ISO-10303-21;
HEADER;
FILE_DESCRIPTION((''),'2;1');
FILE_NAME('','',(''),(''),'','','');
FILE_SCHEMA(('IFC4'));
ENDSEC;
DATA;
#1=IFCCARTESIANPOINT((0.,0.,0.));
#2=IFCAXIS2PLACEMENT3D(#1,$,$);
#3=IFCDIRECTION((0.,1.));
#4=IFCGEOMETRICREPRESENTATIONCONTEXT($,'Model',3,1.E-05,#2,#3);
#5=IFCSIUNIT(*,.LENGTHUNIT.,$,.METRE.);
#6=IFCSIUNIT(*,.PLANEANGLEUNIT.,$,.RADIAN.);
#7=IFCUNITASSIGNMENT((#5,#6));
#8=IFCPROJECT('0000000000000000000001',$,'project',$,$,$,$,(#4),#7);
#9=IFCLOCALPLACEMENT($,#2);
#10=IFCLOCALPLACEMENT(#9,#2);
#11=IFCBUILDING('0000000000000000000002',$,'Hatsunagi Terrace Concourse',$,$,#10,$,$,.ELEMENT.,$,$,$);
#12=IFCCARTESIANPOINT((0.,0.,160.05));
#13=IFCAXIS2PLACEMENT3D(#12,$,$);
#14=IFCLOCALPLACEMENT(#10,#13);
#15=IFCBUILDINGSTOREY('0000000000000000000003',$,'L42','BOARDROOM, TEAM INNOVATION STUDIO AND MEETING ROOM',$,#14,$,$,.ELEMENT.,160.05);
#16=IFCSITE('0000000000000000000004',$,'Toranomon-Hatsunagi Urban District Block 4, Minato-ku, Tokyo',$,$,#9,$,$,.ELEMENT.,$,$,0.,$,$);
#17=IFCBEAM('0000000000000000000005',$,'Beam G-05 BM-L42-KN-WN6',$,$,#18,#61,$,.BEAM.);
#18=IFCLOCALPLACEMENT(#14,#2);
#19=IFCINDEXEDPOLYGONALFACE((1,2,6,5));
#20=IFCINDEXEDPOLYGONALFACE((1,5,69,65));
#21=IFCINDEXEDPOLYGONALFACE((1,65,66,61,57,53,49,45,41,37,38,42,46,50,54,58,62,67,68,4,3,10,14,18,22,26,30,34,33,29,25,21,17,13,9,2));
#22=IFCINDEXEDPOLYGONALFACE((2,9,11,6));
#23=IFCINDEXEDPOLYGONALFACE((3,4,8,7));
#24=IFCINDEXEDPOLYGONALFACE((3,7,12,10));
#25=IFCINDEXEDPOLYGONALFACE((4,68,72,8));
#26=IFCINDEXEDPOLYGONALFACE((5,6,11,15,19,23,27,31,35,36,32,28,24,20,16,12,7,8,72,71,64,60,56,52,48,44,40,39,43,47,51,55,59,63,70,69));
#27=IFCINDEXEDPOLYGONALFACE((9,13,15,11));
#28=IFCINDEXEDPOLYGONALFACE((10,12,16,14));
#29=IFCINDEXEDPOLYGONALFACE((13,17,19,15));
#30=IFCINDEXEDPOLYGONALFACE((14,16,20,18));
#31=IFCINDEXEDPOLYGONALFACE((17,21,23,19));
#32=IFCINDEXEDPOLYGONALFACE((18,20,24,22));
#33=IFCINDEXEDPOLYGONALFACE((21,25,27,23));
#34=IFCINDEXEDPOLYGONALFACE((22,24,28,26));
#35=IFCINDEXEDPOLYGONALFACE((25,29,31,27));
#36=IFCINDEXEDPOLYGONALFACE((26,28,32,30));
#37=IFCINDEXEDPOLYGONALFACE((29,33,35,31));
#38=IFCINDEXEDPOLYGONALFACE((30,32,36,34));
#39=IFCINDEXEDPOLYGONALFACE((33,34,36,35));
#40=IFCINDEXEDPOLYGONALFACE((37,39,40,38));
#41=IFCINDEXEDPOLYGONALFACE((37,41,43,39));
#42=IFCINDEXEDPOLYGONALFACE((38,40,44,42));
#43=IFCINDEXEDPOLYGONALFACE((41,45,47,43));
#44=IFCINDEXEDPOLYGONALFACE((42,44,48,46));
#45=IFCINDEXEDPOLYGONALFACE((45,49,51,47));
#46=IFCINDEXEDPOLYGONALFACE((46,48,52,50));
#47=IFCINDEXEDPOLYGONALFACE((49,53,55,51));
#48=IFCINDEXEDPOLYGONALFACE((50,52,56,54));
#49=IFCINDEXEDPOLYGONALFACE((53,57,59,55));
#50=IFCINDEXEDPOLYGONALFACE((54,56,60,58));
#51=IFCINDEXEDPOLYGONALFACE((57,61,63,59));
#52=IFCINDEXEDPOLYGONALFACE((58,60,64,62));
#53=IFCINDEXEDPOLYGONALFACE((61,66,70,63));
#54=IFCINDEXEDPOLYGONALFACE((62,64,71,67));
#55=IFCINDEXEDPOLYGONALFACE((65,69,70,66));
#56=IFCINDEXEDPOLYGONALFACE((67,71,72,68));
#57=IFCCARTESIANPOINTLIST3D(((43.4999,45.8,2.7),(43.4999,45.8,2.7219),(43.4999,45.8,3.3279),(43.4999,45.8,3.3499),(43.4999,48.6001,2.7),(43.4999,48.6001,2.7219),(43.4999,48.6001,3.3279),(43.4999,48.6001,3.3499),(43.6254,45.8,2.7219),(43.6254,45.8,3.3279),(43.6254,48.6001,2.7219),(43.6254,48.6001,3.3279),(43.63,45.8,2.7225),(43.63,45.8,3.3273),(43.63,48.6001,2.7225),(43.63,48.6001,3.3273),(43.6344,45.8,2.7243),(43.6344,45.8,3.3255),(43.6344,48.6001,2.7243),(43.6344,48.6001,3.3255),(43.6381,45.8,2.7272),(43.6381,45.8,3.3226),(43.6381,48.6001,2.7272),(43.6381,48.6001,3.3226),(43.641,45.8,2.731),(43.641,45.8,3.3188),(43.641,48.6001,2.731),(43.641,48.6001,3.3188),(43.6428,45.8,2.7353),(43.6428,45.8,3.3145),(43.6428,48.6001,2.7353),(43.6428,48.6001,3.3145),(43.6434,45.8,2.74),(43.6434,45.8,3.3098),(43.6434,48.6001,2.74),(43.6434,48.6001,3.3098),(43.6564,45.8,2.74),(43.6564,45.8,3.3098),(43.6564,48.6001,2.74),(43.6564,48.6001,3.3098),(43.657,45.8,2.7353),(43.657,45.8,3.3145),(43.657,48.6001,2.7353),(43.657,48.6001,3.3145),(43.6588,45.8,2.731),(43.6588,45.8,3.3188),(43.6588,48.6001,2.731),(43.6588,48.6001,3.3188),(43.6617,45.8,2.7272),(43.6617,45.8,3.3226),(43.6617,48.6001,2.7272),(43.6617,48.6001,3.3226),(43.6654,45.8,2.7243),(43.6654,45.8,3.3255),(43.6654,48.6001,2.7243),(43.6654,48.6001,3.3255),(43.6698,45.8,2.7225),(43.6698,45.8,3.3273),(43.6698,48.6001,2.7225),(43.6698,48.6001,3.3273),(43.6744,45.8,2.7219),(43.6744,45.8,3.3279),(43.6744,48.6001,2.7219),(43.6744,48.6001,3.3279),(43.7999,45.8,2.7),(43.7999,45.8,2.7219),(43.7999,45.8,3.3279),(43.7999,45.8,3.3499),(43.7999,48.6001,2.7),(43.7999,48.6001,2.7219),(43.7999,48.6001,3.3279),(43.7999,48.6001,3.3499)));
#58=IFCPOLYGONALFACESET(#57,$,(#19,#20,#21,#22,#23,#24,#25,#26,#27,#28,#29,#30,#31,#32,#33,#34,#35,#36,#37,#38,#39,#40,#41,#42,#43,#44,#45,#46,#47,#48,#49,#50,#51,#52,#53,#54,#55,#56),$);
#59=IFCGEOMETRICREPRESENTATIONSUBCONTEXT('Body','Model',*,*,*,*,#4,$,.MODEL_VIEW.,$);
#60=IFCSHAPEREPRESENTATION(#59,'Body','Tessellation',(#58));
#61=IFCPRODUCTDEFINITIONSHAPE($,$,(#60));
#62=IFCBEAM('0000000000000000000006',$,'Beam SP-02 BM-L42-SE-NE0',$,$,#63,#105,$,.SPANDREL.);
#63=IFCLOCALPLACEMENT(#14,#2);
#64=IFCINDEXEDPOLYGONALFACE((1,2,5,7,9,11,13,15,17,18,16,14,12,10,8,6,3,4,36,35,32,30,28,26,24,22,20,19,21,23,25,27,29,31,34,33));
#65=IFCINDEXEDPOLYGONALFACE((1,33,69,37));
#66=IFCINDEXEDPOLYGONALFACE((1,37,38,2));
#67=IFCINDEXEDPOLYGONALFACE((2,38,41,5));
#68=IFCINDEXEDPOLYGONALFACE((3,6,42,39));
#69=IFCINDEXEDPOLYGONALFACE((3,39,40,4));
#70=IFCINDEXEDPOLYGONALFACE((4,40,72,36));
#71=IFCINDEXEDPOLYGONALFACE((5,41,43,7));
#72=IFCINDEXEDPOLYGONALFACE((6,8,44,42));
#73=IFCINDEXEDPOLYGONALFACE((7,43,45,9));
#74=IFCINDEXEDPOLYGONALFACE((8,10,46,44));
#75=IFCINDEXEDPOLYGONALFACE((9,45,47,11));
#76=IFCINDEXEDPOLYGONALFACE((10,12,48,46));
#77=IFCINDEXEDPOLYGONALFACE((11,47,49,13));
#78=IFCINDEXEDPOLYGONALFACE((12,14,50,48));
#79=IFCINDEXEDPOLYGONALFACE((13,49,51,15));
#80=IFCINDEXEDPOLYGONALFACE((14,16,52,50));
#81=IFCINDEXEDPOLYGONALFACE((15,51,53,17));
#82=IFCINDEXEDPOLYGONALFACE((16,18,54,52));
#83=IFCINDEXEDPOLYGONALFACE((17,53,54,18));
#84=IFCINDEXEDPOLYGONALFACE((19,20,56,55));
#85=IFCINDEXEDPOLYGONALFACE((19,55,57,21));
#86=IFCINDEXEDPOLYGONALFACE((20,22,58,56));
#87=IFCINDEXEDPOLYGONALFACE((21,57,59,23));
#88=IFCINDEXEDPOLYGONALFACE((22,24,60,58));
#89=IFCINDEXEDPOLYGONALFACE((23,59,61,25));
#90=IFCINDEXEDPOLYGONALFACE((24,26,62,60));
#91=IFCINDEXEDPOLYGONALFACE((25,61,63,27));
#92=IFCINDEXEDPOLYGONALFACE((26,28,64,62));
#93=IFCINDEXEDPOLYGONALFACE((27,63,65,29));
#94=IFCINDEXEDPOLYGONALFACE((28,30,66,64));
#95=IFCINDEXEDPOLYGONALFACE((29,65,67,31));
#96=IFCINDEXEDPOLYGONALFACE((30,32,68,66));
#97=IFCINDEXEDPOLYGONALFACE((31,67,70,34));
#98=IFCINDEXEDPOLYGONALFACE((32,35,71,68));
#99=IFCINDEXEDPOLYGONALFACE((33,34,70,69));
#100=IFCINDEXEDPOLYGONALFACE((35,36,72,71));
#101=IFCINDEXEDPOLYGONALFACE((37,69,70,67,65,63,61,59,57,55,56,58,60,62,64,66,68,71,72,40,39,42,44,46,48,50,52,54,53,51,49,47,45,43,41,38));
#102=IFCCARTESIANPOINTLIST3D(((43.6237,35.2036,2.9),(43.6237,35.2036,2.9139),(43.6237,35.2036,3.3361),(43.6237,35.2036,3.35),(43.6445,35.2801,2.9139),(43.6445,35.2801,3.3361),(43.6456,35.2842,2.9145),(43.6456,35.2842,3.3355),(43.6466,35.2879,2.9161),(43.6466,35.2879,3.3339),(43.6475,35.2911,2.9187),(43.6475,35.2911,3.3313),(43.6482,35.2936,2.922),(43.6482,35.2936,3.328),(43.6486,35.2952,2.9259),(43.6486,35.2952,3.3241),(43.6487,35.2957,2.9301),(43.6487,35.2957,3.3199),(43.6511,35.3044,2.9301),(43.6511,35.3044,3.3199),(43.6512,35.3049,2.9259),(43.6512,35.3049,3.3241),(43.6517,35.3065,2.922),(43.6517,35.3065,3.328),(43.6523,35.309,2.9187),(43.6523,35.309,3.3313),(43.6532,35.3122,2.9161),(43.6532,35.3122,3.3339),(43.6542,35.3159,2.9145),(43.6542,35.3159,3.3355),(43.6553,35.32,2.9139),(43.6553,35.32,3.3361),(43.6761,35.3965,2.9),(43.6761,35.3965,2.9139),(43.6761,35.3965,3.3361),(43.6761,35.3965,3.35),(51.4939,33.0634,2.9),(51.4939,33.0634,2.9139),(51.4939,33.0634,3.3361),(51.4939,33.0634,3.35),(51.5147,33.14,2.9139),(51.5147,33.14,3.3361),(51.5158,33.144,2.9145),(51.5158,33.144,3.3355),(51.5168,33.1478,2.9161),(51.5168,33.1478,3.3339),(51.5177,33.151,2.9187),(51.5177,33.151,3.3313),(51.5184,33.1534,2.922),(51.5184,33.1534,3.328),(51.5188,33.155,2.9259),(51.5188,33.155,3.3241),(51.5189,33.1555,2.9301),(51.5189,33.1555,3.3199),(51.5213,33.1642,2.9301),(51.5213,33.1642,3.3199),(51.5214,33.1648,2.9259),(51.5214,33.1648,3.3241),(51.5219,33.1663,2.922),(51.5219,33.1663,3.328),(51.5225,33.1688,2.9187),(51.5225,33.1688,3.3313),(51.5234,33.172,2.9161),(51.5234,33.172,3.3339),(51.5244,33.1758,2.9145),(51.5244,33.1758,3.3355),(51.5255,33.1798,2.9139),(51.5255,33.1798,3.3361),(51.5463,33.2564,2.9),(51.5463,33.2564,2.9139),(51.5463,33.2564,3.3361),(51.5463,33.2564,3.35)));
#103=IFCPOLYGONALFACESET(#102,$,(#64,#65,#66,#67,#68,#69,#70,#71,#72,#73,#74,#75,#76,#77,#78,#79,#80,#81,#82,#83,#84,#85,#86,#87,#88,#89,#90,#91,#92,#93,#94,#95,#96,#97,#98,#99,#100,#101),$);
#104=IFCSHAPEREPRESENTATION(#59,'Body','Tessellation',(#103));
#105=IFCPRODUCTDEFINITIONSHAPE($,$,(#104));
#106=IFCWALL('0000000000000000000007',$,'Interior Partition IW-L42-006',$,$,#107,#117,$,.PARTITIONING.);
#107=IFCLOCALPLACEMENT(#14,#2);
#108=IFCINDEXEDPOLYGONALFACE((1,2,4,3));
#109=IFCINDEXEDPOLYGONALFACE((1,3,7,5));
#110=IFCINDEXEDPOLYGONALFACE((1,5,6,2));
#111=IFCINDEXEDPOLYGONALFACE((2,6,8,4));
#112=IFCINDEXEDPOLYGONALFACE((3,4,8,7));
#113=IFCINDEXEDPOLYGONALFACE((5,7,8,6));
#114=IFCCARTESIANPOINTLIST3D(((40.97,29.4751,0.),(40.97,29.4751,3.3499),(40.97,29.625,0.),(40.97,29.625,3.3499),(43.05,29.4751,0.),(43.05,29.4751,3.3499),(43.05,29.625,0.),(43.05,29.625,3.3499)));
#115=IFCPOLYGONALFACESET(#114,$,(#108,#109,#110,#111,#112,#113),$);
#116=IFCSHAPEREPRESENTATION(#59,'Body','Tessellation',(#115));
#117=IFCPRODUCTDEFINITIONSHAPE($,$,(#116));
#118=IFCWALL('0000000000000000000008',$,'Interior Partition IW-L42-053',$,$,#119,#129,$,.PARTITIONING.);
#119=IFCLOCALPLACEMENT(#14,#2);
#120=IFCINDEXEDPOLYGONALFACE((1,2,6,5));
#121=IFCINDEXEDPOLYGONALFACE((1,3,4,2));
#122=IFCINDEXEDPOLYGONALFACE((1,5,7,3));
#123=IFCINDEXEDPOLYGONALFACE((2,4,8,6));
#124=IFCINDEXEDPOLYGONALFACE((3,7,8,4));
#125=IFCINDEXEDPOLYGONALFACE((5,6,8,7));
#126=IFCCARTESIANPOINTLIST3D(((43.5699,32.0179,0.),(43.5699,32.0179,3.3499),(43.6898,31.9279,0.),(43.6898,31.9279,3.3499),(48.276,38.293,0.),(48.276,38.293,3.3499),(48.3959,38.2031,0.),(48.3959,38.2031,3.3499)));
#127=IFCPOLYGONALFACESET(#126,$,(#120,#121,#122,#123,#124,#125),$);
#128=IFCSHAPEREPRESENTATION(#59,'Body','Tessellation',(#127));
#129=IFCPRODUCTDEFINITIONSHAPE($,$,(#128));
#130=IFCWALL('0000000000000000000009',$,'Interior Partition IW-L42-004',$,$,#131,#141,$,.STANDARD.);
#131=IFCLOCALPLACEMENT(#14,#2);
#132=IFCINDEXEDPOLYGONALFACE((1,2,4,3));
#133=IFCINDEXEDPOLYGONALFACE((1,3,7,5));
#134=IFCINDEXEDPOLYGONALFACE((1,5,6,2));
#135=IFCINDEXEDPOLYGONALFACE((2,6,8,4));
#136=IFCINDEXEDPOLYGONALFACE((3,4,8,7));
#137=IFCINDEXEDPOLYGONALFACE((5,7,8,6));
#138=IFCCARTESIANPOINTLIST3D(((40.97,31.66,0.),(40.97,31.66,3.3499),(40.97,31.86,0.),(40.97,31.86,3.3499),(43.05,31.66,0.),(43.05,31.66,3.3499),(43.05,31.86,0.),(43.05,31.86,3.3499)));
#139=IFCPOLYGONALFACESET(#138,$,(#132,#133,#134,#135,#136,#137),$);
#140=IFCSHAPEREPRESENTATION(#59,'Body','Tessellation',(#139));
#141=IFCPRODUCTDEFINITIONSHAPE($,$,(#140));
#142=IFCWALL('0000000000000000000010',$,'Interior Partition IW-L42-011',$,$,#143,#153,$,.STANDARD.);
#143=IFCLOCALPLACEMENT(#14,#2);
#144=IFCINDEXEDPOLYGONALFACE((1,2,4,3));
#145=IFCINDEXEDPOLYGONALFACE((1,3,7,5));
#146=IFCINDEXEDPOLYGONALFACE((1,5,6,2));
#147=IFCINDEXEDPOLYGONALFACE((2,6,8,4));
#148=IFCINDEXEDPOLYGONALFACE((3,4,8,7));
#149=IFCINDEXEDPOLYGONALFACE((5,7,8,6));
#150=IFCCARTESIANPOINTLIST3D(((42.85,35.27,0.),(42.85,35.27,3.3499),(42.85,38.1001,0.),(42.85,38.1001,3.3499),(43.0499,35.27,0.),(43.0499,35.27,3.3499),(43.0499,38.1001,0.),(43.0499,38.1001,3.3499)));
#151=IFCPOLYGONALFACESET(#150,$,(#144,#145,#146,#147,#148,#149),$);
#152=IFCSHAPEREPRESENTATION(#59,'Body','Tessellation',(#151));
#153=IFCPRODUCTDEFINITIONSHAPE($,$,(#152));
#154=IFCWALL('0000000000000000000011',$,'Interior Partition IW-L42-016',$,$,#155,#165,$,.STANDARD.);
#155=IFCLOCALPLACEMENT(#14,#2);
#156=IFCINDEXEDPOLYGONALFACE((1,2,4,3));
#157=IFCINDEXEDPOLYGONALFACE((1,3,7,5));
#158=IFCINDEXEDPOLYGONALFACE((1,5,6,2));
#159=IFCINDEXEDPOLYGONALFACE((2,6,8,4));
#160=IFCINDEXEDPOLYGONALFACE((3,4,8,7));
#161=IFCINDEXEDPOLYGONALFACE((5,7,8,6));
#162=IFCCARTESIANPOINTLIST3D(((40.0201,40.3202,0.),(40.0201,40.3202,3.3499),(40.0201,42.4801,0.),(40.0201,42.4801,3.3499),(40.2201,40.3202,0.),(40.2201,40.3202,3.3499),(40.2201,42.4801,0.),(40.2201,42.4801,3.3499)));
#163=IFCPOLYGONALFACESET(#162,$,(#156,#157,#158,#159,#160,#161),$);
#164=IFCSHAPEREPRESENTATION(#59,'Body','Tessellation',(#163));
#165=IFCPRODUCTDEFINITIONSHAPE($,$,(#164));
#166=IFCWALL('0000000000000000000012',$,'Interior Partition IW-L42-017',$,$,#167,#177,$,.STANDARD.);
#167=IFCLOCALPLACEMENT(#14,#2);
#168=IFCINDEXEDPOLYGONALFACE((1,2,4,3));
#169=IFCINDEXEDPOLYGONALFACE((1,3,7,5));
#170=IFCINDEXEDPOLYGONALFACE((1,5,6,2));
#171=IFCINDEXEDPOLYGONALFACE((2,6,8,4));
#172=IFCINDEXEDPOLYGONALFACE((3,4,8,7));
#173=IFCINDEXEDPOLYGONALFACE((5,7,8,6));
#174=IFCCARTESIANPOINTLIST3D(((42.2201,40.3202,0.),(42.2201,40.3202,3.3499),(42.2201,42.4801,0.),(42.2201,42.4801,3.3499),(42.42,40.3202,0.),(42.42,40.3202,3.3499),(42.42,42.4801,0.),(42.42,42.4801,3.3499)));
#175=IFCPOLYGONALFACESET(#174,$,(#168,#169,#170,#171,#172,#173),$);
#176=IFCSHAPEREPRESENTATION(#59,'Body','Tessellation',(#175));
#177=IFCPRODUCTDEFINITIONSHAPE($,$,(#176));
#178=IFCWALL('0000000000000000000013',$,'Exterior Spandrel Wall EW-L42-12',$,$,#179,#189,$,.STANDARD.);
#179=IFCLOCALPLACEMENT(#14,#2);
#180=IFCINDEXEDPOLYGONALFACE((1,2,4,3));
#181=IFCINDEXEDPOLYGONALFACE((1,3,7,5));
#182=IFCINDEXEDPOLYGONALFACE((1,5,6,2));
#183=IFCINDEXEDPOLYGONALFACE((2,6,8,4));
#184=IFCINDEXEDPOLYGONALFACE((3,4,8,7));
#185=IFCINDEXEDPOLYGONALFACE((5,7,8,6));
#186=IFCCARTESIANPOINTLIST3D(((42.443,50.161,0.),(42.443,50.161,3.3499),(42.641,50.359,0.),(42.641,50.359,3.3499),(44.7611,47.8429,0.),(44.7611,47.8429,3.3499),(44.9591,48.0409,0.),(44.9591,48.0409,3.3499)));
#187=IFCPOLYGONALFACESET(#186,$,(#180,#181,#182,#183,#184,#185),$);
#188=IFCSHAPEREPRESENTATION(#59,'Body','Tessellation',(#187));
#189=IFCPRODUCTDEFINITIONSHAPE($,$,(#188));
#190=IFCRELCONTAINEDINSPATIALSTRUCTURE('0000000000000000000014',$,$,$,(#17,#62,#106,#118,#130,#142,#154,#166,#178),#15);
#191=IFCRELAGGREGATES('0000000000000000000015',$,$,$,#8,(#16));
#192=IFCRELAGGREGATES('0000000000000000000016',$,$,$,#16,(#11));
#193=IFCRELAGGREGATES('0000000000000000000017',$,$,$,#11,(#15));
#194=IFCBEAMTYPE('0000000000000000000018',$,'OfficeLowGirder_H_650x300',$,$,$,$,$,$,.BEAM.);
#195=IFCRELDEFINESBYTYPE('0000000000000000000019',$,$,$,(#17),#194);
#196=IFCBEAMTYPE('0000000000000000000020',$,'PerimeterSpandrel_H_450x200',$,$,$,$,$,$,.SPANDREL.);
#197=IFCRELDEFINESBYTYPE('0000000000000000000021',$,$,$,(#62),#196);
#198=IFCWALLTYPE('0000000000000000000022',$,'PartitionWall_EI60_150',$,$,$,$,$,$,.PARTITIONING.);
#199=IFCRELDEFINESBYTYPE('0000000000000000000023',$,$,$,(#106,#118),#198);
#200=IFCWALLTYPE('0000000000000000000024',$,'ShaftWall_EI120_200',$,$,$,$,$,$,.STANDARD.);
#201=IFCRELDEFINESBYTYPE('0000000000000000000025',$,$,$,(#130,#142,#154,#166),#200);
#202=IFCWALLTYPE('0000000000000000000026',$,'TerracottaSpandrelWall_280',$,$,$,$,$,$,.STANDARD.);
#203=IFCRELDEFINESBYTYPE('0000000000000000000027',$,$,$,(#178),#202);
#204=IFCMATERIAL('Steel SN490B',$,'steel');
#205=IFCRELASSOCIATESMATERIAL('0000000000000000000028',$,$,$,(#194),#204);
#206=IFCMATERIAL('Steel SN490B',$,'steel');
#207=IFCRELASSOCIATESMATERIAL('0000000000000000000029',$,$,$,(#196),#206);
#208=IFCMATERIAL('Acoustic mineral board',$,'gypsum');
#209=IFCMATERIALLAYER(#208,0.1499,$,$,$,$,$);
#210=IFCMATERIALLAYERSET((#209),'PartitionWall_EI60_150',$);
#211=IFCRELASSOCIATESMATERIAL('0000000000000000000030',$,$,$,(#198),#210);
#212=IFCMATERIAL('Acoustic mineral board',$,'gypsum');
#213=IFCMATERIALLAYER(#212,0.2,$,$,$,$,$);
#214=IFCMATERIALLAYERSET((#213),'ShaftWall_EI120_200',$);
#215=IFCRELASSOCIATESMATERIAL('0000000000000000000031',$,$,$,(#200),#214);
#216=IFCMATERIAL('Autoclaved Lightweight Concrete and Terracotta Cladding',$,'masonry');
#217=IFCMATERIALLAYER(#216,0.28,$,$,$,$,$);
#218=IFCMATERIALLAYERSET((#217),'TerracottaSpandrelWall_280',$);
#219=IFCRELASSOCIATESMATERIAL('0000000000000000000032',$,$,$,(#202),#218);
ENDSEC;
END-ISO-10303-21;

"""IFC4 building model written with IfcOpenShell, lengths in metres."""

from ifc_helpers import new_model, si_unit, direction, frame, frame_2d, origin, origin_2d, place, context, subcontext, project, spatial, rectangle, i_section, extrude, material, layer, layer_set, material_profile, profile_set, type_object, element, save


model = new_model("IFC4")

# Units and contexts
model_context = context("Model", 3, precision=1e-05, world=origin(), true_north=direction((0.0, 1.0)))
body_context = subcontext(model_context, "Body", "Model", "MODEL_VIEW")
ifc_project = project(units=[si_unit("LENGTHUNIT", "METRE"), si_unit("PLANEANGLEUNIT", "RADIAN")], contexts=[model_context])

# Site, building, storey
site_placement = place(None, origin())
site = spatial("IfcSite", under=ifc_project, at=site_placement, Name="Toranomon-Hatsunagi Urban District Block 4, Minato-ku, Tokyo", CompositionType="ELEMENT", RefElevation=0.0)
building_placement = place(site_placement, origin())
building = spatial("IfcBuilding", under=site, at=building_placement, Name="Hatsunagi Terrace Concourse", CompositionType="ELEMENT")
storey_placement = place(building_placement, frame((0.0, 0.0, 160.05)))
storey = spatial("IfcBuildingStorey", under=building, at=storey_placement, Name="L42", Description="BOARDROOM, TEAM INNOVATION STUDIO AND MEETING ROOM", CompositionType="ELEMENT", Elevation=160.05)

# Beams
ifc_material_1 = material(Name="Steel SN490B", Category="steel")
ifc_material_profile_1 = material_profile(ifc_material_1, i_section(OverallWidth=0.3, OverallDepth=0.6499, WebThickness=0.0129, FlangeThickness=0.022, FilletRadius=0.0181, at=origin_2d()), Name="H-650x300x13x22")
ifc_profile_set_1 = profile_set([ifc_material_profile_1], Name="Steel SN490B")
beam_type_1 = type_object("IfcBeamType", Name="OfficeLowGirder_H_650x300", PredefinedType="BEAM", material=ifc_profile_set_1)
for number, where, z_axis, x_axis, name in (
    (1, (43.6499, 45.8, 3.0249), (0.0, 1.0, 0.0), (-1.0, 0.0, 0.0), "Beam G-05 BM-L42-KN-WN6"),
):
    element("IfcBeam", number, at=place(storey_placement, frame(where, z_axis=z_axis, x_axis=x_axis)), inside=storey, type_object=beam_type_1, Name=name, PredefinedType="BEAM", context=body_context, shape_type="SweptSolid", body=[
        extrude(i_section(OverallWidth=0.3, OverallDepth=0.6499, WebThickness=0.0129, FlangeThickness=0.022, FilletRadius=0.0181, at=origin_2d()), origin(), (0.0, 0.0, 1.0), 2.8),
    ])
ifc_material_2 = material(Name="Steel SN490B", Category="steel")
ifc_material_profile_2 = material_profile(ifc_material_2, i_section(OverallWidth=0.2, OverallDepth=0.45, WebThickness=0.009, FlangeThickness=0.0139, FilletRadius=0.0161, at=origin_2d()), Name="H-450x200x9x14")
ifc_profile_set_2 = profile_set([ifc_material_profile_2], Name="Steel SN490B")
beam_type_2 = type_object("IfcBeamType", Name="PerimeterSpandrel_H_450x200", PredefinedType="SPANDREL", material=ifc_profile_set_2)
beam_1_placement = place(storey_placement, frame((43.6499, 35.3, 3.125), z_axis=(0.964958, -0.262403, 0.0), x_axis=(0.262403, 0.964958, 0.0)))
element("IfcBeam", 2, at=beam_1_placement, inside=storey, type_object=beam_type_2, Name="Beam SP-02 BM-L42-SE-NE0", PredefinedType="SPANDREL", context=body_context, shape_type="SweptSolid", body=[
    extrude(i_section(OverallWidth=0.2, OverallDepth=0.45, WebThickness=0.009, FlangeThickness=0.0139, FilletRadius=0.0161, at=origin_2d()), origin(), (0.0, 0.0, 1.0), 8.156),
])

# Walls
ifc_material_3 = material(Name="Acoustic mineral board", Category="gypsum")
ifc_layer_1 = layer(ifc_material_3, 0.1499)
ifc_layer_set_1 = layer_set([ifc_layer_1], Name="PartitionWall_EI60_150")
wall_type_1 = type_object("IfcWallType", Name="PartitionWall_EI60_150", PredefinedType="PARTITIONING", material=ifc_layer_set_1)
wall_1_placement = place(storey_placement, frame((40.97, 29.55, 0.0), z_axis=(0.0, 0.0, 1.0), x_axis=(1.0, 0.0, 0.0)))
element("IfcWall", 3, at=wall_1_placement, inside=storey, type_object=wall_type_1, Name="Interior Partition IW-L42-006", PredefinedType="PARTITIONING", context=body_context, shape_type="SweptSolid", body=[
    extrude(rectangle(XDim=2.0801, YDim=0.1499, at=frame_2d((1.04, 0.0))), origin(), (0.0, 0.0, 1.0), 3.3499),
])
wall_2_placement = place(storey_placement, frame((43.6299, 31.9729, 0.0), z_axis=(0.0, 0.0, 1.0), x_axis=(0.599975, 0.800019, 0.0)))
element("IfcWall", 4, at=wall_2_placement, inside=storey, type_object=wall_type_1, Name="Interior Partition IW-L42-053", PredefinedType="PARTITIONING", context=body_context, shape_type="SweptSolid", body=[
    extrude(rectangle(XDim=7.8438, YDim=0.1499, at=frame_2d((3.9219, 0.0))), origin(), (0.0, 0.0, 1.0), 3.3499),
])
ifc_material_4 = material(Name="Acoustic mineral board", Category="gypsum")
ifc_layer_2 = layer(ifc_material_4, 0.2)
ifc_layer_set_2 = layer_set([ifc_layer_2], Name="ShaftWall_EI120_200")
wall_type_2 = type_object("IfcWallType", Name="ShaftWall_EI120_200", PredefinedType="STANDARD", material=ifc_layer_set_2)
wall_3_placement = place(storey_placement, frame((40.97, 31.76, 0.0), z_axis=(0.0, 0.0, 1.0), x_axis=(1.0, 0.0, 0.0)))
element("IfcWall", 5, at=wall_3_placement, inside=storey, type_object=wall_type_2, Name="Interior Partition IW-L42-004", PredefinedType="STANDARD", context=body_context, shape_type="SweptSolid", body=[
    extrude(rectangle(XDim=2.0801, YDim=0.2, at=frame_2d((1.04, 0.0))), origin(), (0.0, 0.0, 1.0), 3.3499),
])
wall_4_placement = place(storey_placement, frame((42.95, 35.27, 0.0), z_axis=(0.0, 0.0, 1.0), x_axis=(0.0, 1.0, 0.0)))
element("IfcWall", 6, at=wall_4_placement, inside=storey, type_object=wall_type_2, Name="Interior Partition IW-L42-011", PredefinedType="STANDARD", context=body_context, shape_type="SweptSolid", body=[
    extrude(rectangle(XDim=2.8301, YDim=0.2, at=frame_2d((1.415, 0.0))), origin(), (0.0, 0.0, 1.0), 3.3499),
])
for number, where, z_axis, x_axis, name in (
    (7, (40.1201, 40.3201, 0.0), (0.0, 0.0, 1.0), (0.0, 1.0, 0.0), "Interior Partition IW-L42-016"),
    (8, (42.3201, 40.3201, 0.0), (0.0, 0.0, 1.0), (0.0, 1.0, 0.0), "Interior Partition IW-L42-017"),
):
    element("IfcWall", number, at=place(storey_placement, frame(where, z_axis=z_axis, x_axis=x_axis)), inside=storey, type_object=wall_type_2, Name=name, PredefinedType="STANDARD", context=body_context, shape_type="SweptSolid", body=[
        extrude(rectangle(XDim=2.1599, YDim=0.2, at=frame_2d((1.0801, 0.0))), origin(), (0.0, 0.0, 1.0), 3.3499),
    ])
ifc_material_5 = material(Name="Autoclaved Lightweight Concrete and Terracotta Cladding", Category="masonry")
ifc_layer_3 = layer(ifc_material_5, 0.28)
ifc_layer_set_3 = layer_set([ifc_layer_3], Name="TerracottaSpandrelWall_280")
wall_type_3 = type_object("IfcWallType", Name="TerracottaSpandrelWall_280", PredefinedType="STANDARD", material=ifc_layer_set_3)
wall_5_placement = place(storey_placement, frame((42.542, 50.26, 0.0), z_axis=(0.0, 0.0, 1.0), x_axis=(0.707107, -0.707107, 0.0)))
element("IfcWall", 9, at=wall_5_placement, inside=storey, type_object=wall_type_3, Name="Exterior Spandrel Wall EW-L42-12", PredefinedType="STANDARD", context=body_context, shape_type="SweptSolid", body=[
    extrude(rectangle(XDim=3.2783, YDim=0.28, at=frame_2d((1.6392, 0.0))), origin(), (0.0, 0.0, 1.0), 3.3499),
])

save(model, "model.ifc")
